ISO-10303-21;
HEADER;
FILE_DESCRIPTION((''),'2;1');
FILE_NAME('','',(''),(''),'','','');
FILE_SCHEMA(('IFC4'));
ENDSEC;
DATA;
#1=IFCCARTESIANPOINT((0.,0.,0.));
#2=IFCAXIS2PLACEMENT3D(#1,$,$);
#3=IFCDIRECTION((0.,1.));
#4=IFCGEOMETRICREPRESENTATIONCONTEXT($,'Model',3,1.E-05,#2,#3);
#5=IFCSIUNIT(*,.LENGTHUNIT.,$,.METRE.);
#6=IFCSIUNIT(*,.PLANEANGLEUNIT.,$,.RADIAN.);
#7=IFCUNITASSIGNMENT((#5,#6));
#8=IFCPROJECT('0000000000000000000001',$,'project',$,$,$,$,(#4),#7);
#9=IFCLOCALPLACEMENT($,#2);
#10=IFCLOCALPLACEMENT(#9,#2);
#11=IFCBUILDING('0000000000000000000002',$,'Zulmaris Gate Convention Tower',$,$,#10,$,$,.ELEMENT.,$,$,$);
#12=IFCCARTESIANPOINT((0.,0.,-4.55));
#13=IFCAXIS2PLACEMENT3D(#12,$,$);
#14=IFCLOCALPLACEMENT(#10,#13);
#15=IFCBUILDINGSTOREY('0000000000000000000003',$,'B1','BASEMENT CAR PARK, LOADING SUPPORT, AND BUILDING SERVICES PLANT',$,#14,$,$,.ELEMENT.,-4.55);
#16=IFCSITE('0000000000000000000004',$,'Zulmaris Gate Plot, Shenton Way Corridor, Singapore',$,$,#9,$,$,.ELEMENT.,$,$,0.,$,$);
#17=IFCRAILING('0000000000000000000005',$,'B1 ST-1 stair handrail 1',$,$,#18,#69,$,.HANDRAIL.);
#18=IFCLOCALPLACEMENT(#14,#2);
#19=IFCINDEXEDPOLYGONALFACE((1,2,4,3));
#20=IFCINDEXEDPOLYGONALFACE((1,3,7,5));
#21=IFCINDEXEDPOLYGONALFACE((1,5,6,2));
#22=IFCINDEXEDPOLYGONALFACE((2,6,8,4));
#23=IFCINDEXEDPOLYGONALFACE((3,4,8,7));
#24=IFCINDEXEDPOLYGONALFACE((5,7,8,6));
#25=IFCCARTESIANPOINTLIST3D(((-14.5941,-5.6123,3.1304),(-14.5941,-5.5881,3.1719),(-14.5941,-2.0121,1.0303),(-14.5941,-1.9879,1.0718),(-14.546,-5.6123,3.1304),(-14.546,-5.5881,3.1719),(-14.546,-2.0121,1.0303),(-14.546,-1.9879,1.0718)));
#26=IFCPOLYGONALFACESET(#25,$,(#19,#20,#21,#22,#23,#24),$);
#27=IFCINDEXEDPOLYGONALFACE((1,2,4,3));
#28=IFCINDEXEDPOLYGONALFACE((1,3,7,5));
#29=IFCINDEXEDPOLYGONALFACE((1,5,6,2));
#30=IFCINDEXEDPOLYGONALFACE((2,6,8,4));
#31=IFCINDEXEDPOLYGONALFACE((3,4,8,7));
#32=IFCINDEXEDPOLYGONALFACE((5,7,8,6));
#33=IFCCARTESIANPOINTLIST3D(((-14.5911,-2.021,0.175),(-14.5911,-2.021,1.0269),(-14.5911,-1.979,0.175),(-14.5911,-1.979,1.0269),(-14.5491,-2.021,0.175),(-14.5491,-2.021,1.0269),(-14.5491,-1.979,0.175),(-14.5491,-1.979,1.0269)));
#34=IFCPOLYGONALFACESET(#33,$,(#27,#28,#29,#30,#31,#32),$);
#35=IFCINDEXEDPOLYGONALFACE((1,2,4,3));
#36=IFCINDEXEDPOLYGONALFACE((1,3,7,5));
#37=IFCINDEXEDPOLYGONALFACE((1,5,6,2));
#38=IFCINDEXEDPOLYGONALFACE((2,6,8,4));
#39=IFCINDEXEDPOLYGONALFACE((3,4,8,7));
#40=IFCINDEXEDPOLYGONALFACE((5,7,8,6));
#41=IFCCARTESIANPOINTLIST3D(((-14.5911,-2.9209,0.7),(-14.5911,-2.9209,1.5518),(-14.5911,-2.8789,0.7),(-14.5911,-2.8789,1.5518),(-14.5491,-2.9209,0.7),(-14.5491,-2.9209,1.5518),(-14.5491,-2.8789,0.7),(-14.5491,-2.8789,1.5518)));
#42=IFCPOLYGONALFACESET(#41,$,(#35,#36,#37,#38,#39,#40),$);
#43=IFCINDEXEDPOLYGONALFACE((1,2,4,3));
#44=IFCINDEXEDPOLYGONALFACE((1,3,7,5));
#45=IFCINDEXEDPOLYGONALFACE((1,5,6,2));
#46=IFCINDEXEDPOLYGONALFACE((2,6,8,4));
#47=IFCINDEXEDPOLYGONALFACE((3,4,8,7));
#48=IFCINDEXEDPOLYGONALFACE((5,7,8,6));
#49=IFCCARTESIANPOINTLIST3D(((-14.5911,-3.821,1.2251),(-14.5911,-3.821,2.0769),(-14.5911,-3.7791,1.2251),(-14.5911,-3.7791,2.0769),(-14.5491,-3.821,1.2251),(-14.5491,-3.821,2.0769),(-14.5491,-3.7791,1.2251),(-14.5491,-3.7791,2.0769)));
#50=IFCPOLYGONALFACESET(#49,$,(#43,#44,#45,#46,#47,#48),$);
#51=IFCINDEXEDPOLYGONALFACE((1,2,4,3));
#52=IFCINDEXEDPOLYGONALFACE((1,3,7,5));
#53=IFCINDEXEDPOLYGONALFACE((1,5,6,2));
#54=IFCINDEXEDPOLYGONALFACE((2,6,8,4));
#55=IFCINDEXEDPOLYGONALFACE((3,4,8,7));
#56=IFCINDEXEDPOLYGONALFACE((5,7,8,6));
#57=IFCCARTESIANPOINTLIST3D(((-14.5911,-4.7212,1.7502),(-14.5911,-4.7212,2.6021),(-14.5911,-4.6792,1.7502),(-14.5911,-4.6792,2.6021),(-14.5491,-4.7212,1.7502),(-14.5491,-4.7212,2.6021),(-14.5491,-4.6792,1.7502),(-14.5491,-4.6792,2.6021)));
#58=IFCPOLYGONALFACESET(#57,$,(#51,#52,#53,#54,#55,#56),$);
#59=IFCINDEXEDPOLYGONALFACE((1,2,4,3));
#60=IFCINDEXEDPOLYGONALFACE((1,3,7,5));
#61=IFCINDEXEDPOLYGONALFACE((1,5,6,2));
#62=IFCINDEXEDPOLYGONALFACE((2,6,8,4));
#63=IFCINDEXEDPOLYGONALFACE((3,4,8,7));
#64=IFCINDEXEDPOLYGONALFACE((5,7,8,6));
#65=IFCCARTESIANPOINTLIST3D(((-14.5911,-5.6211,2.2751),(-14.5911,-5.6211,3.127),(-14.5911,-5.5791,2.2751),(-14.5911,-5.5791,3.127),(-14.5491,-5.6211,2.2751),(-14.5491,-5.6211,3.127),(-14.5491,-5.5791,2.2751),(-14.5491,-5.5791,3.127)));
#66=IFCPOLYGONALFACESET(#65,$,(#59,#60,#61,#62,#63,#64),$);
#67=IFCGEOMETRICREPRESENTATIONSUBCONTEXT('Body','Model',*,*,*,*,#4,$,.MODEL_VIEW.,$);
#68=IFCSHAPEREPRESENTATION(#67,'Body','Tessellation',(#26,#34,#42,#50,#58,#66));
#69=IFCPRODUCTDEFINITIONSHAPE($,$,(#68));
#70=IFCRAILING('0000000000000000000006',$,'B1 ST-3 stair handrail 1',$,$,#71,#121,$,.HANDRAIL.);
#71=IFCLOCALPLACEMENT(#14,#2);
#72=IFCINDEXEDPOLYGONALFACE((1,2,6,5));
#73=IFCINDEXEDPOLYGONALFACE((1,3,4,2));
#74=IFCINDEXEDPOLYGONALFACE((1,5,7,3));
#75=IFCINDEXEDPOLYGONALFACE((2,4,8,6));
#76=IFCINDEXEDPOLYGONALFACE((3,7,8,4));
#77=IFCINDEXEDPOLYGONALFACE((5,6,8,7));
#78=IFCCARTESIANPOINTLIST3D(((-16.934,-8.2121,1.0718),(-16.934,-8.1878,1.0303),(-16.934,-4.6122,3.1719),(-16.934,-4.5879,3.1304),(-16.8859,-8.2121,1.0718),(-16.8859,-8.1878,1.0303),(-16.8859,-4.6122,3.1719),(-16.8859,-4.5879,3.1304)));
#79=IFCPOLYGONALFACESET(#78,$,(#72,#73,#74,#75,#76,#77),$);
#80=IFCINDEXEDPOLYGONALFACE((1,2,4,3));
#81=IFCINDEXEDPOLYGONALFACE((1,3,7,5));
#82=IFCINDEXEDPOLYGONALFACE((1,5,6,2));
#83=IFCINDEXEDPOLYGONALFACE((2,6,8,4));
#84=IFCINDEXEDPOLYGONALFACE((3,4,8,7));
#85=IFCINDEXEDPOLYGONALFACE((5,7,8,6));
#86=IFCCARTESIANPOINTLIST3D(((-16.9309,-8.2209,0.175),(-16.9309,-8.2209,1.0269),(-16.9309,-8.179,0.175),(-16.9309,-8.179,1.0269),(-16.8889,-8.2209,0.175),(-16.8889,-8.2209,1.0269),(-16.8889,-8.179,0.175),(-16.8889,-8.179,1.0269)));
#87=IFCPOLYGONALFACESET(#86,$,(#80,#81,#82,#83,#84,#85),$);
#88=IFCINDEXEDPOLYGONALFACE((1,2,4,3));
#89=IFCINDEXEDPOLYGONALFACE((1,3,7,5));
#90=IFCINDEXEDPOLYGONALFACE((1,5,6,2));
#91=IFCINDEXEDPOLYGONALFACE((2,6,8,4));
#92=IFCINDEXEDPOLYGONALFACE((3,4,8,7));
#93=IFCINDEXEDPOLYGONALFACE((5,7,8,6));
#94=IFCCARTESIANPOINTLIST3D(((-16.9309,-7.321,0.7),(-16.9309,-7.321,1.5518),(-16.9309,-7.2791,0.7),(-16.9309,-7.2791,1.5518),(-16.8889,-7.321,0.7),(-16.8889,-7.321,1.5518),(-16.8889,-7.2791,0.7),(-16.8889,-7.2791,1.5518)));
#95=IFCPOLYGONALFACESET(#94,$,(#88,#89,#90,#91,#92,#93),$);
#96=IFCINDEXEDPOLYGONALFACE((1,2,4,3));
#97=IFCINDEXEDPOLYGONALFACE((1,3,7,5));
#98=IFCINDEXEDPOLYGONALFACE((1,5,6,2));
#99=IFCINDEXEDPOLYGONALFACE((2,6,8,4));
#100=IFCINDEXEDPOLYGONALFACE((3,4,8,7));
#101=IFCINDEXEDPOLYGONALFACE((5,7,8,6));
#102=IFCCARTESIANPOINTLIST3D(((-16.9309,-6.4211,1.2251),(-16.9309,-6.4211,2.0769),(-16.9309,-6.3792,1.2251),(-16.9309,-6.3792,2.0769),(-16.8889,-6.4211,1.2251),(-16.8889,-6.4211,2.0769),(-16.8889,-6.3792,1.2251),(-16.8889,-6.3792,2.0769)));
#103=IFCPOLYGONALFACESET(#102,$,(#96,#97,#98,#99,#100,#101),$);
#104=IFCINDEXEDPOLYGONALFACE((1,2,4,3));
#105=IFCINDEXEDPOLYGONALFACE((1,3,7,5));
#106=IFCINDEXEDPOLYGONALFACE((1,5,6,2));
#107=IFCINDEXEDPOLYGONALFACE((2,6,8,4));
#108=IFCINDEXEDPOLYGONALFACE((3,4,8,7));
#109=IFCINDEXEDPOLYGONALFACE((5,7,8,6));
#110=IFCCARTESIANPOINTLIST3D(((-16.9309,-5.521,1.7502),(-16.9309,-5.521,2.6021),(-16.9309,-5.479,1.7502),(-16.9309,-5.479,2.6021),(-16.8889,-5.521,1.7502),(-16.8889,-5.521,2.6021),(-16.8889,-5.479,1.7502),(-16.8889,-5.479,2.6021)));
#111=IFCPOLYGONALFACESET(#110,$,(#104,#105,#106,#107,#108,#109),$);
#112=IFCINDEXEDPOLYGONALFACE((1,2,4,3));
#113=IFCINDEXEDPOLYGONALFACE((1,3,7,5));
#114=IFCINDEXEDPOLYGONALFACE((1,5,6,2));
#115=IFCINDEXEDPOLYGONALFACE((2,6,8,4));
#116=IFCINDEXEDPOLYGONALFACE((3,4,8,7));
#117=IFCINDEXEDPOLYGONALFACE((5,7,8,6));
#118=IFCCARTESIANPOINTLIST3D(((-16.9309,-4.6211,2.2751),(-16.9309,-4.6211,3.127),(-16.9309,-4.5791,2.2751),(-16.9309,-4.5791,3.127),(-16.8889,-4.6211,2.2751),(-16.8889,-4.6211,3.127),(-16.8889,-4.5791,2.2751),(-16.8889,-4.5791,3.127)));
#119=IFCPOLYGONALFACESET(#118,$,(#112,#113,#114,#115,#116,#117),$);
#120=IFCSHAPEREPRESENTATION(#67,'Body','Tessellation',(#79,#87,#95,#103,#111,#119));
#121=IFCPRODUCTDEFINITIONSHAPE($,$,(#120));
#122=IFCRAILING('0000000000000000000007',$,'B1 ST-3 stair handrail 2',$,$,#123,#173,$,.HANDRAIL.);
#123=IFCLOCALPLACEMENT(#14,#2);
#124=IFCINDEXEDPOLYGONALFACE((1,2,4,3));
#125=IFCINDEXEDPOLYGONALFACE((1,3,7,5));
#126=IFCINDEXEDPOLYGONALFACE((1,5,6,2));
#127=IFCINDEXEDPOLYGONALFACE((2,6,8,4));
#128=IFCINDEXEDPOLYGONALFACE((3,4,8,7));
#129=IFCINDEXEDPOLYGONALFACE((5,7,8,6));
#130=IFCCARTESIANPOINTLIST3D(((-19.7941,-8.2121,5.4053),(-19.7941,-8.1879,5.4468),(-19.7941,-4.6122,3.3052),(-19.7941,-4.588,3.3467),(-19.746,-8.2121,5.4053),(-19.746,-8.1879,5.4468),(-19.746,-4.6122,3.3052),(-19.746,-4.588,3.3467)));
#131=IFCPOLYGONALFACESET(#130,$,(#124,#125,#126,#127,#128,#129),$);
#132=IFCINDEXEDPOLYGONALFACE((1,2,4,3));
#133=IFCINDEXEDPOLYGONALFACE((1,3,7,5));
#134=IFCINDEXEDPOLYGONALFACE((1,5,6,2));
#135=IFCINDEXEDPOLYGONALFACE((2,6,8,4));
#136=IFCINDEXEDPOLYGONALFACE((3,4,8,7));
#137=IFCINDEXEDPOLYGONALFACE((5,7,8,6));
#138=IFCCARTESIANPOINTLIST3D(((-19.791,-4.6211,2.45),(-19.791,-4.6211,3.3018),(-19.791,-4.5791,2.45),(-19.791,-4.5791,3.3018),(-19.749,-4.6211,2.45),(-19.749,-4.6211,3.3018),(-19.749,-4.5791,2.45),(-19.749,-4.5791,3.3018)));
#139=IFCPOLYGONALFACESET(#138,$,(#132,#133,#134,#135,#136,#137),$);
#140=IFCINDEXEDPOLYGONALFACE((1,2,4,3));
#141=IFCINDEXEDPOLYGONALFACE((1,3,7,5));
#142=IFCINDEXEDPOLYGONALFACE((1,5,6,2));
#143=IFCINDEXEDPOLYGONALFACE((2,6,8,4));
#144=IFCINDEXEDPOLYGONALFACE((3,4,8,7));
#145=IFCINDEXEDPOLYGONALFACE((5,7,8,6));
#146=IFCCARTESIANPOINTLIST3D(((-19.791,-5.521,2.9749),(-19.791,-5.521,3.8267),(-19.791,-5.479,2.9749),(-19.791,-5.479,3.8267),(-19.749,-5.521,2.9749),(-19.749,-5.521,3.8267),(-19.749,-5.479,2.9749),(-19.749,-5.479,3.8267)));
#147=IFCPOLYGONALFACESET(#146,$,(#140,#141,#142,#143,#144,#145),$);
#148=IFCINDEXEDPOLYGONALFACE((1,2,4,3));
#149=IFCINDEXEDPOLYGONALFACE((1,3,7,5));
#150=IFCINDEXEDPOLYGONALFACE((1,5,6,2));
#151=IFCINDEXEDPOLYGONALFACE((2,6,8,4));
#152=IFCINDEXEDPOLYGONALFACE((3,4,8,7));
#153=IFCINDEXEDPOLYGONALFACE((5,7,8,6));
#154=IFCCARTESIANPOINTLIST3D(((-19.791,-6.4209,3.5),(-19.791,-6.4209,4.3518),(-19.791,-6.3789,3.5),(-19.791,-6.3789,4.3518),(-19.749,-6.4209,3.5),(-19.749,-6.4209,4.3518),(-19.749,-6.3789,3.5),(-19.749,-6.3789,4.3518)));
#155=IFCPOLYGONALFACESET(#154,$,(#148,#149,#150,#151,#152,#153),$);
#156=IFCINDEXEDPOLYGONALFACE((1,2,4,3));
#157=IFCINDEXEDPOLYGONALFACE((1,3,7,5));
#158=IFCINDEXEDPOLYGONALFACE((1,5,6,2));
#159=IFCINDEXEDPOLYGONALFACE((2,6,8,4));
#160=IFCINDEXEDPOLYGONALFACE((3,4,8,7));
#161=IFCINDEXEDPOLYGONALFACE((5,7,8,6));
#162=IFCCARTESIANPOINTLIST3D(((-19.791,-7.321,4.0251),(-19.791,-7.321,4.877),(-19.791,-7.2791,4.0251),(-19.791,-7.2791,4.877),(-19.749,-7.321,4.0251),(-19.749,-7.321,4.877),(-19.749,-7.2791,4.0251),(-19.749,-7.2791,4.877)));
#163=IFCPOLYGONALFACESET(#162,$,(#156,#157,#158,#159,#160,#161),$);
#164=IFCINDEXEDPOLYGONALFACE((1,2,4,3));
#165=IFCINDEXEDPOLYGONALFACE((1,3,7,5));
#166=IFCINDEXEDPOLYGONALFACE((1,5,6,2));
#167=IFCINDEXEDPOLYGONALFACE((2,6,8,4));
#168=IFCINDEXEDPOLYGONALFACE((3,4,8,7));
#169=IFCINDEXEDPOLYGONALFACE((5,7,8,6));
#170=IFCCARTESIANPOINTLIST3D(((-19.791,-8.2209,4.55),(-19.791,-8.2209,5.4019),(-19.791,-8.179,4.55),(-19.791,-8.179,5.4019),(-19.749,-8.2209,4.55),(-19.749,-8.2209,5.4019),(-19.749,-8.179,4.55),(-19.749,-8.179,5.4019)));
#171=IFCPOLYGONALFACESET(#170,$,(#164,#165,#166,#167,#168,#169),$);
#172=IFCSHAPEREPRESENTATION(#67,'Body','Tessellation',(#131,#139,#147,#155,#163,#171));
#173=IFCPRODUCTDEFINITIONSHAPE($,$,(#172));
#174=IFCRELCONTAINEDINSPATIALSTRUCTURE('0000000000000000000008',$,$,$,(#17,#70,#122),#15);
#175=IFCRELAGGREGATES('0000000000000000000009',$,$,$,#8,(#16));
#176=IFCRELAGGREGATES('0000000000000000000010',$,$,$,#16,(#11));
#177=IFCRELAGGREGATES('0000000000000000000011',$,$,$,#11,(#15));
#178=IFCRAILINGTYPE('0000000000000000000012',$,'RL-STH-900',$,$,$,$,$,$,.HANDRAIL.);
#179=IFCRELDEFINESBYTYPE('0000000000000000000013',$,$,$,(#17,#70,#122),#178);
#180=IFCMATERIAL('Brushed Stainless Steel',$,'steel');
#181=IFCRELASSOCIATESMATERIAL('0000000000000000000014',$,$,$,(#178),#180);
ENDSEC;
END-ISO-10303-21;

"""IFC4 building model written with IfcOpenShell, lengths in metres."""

from ifc_helpers import new_model, si_unit, direction, frame, origin, origin_2d, place, context, subcontext, project, spatial, rectangle, extrude, material, type_object, element, save


model = new_model("IFC4")

# Units and contexts
model_context = context("Model", 3, precision=1e-05, world=origin(), true_north=direction((0.0, 1.0)))
body_context = subcontext(model_context, "Body", "Model", "MODEL_VIEW")
ifc_project = project(units=[si_unit("LENGTHUNIT", "METRE"), si_unit("PLANEANGLEUNIT", "RADIAN")], contexts=[model_context])

# Site, building, storey
site_placement = place(None, origin())
site = spatial("IfcSite", under=ifc_project, at=site_placement, Name="Zulmaris Gate Plot, Shenton Way Corridor, Singapore", CompositionType="ELEMENT", RefElevation=0.0)
building_placement = place(site_placement, origin())
building = spatial("IfcBuilding", under=site, at=building_placement, Name="Zulmaris Gate Convention Tower", CompositionType="ELEMENT")
storey_placement = place(building_placement, frame((0.0, 0.0, -4.55)))
storey = spatial("IfcBuildingStorey", under=building, at=storey_placement, Name="B1", Description="BASEMENT CAR PARK, LOADING SUPPORT, AND BUILDING SERVICES PLANT", CompositionType="ELEMENT", Elevation=-4.55)

# Shared definitions
ifc_material_1 = material(Name="Brushed Stainless Steel", Category="steel")

# Railings
railing_type_1 = type_object("IfcRailingType", Name="RL-STH-900", PredefinedType="HANDRAIL", material=ifc_material_1)
railing_1_placement = place(storey_placement, frame((-14.5701, -2.0, 0.175)))
element("IfcRailing", 1, at=railing_1_placement, inside=storey, type_object=railing_type_1, Name="B1 ST-1 stair handrail 1", PredefinedType="HANDRAIL", context=body_context, shape_type="SweptSolid", body=[
    extrude(rectangle(XDim=0.0481, YDim=0.0481, at=origin_2d()), frame((0.0, 0.0, 0.876), z_axis=(0.0, -0.863775, 0.503878), x_axis=(1.0, 0.0, 0.0)), (0.0, 0.0, 1.0), 4.168),
    extrude(rectangle(XDim=0.042, YDim=0.042, at=origin_2d()), origin(), (0.0, 0.0, 1.0), 0.8518),
    extrude(rectangle(XDim=0.042, YDim=0.042, at=origin_2d()), frame((0.0, -0.8999, 0.5249)), (0.0, 0.0, 1.0), 0.8518),
    extrude(rectangle(XDim=0.042, YDim=0.042, at=origin_2d()), frame((0.0, -1.8, 1.05)), (0.0, 0.0, 1.0), 0.8518),
    extrude(rectangle(XDim=0.042, YDim=0.042, at=origin_2d()), frame((0.0, -2.7002, 1.5752)), (0.0, 0.0, 1.0), 0.8518),
    extrude(rectangle(XDim=0.042, YDim=0.042, at=origin_2d()), frame((0.0, -3.6001, 2.1001)), (0.0, 0.0, 1.0), 0.8518),
])
railing_2_placement = place(storey_placement, frame((-16.9099, -8.2, 0.175)))
element("IfcRailing", 2, at=railing_2_placement, inside=storey, type_object=railing_type_1, Name="B1 ST-3 stair handrail 1", PredefinedType="HANDRAIL", context=body_context, shape_type="SweptSolid", body=[
    extrude(rectangle(XDim=0.0481, YDim=0.0481, at=origin_2d()), frame((0.0, 0.0, 0.876), z_axis=(0.0, 0.86376, 0.503904), x_axis=(-1.0, 0.0, 0.0)), (0.0, 0.0, 1.0), 4.1677),
    extrude(rectangle(XDim=0.042, YDim=0.042, at=origin_2d()), origin(), (0.0, 0.0, 1.0), 0.8518),
    extrude(rectangle(XDim=0.042, YDim=0.042, at=origin_2d()), frame((0.0, 0.8999, 0.5249)), (0.0, 0.0, 1.0), 0.8518),
    extrude(rectangle(XDim=0.042, YDim=0.042, at=origin_2d()), frame((0.0, 1.7998, 1.05)), (0.0, 0.0, 1.0), 0.8518),
    extrude(rectangle(XDim=0.042, YDim=0.042, at=origin_2d()), frame((0.0, 2.7, 1.5752)), (0.0, 0.0, 1.0), 0.8518),
    extrude(rectangle(XDim=0.042, YDim=0.042, at=origin_2d()), frame((0.0, 3.5999, 2.1001)), (0.0, 0.0, 1.0), 0.8518),
])
railing_3_placement = place(storey_placement, frame((-19.77, -4.6001, 2.45)))
element("IfcRailing", 3, at=railing_3_placement, inside=storey, type_object=railing_type_1, Name="B1 ST-3 stair handrail 2", PredefinedType="HANDRAIL", context=body_context, shape_type="SweptSolid", body=[
    extrude(rectangle(XDim=0.0481, YDim=0.0481, at=origin_2d()), frame((0.0, 0.0, 0.876), z_axis=(0.0, -0.86376, 0.503904), x_axis=(1.0, 0.0, 0.0)), (0.0, 0.0, 1.0), 4.1677),
    extrude(rectangle(XDim=0.042, YDim=0.042, at=origin_2d()), origin(), (0.0, 0.0, 1.0), 0.8518),
    extrude(rectangle(XDim=0.042, YDim=0.042, at=origin_2d()), frame((0.0, -0.8999, 0.5249)), (0.0, 0.0, 1.0), 0.8518),
    extrude(rectangle(XDim=0.042, YDim=0.042, at=origin_2d()), frame((0.0, -1.7998, 1.05)), (0.0, 0.0, 1.0), 0.8518),
    extrude(rectangle(XDim=0.042, YDim=0.042, at=origin_2d()), frame((0.0, -2.7, 1.5752)), (0.0, 0.0, 1.0), 0.8518),
    extrude(rectangle(XDim=0.042, YDim=0.042, at=origin_2d()), frame((0.0, -3.5999, 2.1001)), (0.0, 0.0, 1.0), 0.8518),
])

save(model, "model.ifc")
